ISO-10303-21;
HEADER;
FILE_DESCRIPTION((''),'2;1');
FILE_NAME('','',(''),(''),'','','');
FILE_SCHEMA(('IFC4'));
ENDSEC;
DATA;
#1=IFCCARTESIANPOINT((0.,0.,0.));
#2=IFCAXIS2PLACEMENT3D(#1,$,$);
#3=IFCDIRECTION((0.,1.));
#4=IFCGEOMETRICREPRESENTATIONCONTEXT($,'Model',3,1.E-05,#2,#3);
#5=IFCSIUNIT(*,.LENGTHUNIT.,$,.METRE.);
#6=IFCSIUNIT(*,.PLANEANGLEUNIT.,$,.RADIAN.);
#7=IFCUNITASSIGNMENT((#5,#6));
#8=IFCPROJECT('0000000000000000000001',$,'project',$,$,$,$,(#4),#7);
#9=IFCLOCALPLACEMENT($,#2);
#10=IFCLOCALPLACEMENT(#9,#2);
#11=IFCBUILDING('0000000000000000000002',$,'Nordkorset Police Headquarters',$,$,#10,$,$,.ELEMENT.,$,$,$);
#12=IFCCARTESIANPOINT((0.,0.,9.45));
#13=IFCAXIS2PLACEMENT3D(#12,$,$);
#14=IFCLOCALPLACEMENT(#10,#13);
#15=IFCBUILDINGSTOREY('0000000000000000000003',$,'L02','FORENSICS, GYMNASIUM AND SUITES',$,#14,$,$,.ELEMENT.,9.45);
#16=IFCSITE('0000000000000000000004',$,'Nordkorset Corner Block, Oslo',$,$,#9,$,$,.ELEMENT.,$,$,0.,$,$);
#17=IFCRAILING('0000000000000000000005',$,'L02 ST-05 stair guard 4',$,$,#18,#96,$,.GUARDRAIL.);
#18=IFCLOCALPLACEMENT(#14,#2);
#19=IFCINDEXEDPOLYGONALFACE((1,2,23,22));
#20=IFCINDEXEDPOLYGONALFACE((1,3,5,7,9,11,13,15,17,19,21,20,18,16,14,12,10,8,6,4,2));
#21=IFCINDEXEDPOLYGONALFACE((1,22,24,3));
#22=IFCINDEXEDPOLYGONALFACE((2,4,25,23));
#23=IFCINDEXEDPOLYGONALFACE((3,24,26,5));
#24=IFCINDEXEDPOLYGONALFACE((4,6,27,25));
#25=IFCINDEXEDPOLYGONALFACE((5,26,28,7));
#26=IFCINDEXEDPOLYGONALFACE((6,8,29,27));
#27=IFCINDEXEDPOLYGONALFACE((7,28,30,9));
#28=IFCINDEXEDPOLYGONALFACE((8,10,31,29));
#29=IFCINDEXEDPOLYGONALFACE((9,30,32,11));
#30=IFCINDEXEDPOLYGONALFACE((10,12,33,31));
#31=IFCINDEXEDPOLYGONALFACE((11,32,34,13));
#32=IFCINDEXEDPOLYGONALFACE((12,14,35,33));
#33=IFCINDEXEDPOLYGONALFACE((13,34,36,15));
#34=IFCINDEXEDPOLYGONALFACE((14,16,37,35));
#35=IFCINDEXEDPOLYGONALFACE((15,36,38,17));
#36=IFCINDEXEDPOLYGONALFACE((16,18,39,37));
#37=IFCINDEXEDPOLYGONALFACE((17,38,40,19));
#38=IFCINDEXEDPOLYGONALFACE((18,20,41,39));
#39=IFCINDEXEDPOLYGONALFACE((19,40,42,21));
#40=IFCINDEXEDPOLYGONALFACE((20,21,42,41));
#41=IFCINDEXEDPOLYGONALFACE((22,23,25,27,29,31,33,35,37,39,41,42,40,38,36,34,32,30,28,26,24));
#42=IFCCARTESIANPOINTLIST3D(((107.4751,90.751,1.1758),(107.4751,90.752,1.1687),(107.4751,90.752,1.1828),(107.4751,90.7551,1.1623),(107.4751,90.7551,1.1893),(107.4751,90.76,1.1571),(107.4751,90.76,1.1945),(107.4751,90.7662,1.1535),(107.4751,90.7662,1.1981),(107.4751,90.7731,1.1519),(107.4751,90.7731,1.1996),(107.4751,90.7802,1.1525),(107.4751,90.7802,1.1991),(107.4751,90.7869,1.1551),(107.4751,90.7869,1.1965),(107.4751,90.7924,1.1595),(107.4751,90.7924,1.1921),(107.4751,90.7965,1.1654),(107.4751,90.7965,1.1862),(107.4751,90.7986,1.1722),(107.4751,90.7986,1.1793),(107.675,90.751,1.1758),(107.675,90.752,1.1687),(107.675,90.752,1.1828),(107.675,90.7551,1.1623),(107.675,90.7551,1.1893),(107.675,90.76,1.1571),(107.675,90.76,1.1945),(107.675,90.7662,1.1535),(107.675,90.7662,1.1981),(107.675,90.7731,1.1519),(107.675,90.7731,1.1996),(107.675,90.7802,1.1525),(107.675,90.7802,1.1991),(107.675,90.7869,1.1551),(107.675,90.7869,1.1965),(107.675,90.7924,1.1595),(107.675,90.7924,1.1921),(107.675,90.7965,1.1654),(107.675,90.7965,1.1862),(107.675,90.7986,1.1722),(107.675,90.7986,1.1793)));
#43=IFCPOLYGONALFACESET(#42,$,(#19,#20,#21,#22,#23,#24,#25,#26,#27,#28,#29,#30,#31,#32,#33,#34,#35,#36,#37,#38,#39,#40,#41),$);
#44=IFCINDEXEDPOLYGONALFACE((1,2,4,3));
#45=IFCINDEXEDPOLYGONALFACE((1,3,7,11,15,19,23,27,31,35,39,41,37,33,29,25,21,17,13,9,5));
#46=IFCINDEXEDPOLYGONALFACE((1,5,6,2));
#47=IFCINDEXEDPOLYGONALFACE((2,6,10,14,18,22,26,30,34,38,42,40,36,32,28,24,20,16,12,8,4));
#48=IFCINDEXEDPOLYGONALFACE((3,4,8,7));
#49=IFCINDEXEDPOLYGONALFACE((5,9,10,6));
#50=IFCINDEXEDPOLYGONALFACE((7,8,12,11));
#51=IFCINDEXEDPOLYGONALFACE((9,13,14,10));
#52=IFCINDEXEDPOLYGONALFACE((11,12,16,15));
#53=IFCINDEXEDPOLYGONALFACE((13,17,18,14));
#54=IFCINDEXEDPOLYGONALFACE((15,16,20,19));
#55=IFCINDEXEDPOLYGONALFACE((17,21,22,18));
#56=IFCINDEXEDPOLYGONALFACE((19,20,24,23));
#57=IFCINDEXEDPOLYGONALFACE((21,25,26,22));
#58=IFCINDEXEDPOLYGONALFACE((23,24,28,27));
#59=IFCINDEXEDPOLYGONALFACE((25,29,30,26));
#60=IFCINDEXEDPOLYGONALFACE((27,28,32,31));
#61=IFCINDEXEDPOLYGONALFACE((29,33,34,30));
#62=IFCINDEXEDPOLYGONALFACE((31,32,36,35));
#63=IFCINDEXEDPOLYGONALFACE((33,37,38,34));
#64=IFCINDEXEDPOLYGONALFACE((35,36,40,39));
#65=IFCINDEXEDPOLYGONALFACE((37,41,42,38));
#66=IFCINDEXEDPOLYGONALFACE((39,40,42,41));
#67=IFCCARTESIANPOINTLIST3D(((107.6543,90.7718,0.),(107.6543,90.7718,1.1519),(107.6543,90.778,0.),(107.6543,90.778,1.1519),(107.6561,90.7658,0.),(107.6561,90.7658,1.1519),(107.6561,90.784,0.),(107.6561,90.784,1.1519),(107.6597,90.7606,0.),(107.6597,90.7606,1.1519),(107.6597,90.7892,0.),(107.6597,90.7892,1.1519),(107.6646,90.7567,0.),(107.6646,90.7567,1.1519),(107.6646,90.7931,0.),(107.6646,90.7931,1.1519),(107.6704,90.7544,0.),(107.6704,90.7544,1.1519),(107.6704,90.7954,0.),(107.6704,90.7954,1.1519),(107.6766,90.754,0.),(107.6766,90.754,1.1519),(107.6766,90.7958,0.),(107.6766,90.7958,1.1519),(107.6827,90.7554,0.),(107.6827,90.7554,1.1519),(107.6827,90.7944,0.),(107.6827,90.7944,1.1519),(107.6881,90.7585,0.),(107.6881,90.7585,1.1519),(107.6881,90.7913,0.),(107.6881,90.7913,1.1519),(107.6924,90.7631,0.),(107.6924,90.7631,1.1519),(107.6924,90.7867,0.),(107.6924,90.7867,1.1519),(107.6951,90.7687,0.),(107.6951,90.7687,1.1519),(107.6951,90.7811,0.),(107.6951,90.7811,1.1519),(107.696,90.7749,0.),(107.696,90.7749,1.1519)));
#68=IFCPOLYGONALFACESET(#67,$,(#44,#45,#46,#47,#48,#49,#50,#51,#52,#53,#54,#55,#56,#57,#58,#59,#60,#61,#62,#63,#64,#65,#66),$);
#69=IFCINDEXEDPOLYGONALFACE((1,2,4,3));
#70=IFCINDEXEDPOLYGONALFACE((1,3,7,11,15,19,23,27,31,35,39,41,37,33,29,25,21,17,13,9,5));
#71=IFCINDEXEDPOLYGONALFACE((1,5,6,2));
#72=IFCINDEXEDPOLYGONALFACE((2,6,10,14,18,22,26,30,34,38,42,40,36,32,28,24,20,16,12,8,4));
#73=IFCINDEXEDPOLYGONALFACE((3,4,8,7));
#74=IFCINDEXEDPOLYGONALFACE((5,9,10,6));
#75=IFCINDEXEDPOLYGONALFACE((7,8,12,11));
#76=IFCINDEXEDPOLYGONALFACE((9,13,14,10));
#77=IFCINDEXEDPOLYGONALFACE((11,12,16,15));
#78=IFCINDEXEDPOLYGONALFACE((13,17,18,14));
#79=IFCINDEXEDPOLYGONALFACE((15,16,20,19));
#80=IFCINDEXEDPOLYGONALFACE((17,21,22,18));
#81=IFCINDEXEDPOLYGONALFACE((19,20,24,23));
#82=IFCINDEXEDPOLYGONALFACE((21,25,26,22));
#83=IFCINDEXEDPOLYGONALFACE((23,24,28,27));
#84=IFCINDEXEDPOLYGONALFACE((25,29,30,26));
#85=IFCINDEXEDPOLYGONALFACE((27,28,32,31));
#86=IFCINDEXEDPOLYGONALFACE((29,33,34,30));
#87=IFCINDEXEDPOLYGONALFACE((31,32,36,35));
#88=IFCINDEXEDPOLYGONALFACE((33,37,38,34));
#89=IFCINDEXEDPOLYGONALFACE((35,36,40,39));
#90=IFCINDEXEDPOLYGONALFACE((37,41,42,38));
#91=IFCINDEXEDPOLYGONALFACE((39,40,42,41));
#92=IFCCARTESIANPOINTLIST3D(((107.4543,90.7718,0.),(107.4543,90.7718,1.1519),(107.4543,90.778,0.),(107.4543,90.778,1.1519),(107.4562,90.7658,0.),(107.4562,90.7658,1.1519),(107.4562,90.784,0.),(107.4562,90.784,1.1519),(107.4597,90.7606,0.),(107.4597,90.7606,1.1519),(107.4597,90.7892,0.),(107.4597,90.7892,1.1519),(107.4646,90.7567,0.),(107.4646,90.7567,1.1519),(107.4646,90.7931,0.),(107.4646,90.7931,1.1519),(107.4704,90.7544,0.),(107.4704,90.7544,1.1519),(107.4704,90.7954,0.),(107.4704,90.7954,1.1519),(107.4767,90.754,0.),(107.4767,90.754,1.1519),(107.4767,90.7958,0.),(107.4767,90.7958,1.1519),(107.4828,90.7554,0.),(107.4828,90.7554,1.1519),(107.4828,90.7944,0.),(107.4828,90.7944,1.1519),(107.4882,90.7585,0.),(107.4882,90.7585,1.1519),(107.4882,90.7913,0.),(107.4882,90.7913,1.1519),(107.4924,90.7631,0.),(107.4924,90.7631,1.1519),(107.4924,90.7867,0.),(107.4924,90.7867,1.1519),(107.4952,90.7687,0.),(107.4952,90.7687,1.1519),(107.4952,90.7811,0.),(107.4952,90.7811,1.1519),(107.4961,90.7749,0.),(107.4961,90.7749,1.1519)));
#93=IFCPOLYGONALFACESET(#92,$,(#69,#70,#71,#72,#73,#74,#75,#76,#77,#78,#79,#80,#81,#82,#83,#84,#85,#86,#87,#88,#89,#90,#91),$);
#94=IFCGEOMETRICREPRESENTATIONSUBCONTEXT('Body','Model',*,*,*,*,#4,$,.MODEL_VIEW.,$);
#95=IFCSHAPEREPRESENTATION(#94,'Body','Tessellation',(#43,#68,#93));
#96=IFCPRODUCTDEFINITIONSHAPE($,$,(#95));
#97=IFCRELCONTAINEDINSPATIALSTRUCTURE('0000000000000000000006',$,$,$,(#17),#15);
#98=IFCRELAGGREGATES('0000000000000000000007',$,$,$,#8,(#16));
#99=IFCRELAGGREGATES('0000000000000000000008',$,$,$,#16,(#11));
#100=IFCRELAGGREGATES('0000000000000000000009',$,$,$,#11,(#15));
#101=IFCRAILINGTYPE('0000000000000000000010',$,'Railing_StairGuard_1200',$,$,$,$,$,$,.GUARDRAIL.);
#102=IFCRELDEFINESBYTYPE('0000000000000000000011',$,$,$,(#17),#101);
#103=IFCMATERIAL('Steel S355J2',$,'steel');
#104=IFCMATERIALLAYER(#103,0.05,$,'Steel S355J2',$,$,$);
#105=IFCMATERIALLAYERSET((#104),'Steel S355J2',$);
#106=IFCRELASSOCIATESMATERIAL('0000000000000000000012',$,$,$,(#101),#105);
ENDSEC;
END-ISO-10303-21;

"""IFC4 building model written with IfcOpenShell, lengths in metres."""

from ifc_helpers import new_model, si_unit, direction, frame, origin, origin_2d, place, context, subcontext, project, spatial, circle, extrude, material, layer, layer_set, type_object, element, save


model = new_model("IFC4")

# Units and contexts
model_context = context("Model", 3, precision=1e-05, world=origin(), true_north=direction((0.0, 1.0)))
body_context = subcontext(model_context, "Body", "Model", "MODEL_VIEW")
ifc_project = project(units=[si_unit("LENGTHUNIT", "METRE"), si_unit("PLANEANGLEUNIT", "RADIAN")], contexts=[model_context])

# Site, building, storey
site_placement = place(None, origin())
site = spatial("IfcSite", under=ifc_project, at=site_placement, Name="Nordkorset Corner Block, Oslo", CompositionType="ELEMENT", RefElevation=0.0)
building_placement = place(site_placement, origin())
building = spatial("IfcBuilding", under=site, at=building_placement, Name="Nordkorset Police Headquarters", CompositionType="ELEMENT")
storey_placement = place(building_placement, frame((0.0, 0.0, 9.45)))
storey = spatial("IfcBuildingStorey", under=building, at=storey_placement, Name="L02", Description="FORENSICS, GYMNASIUM AND SUITES", CompositionType="ELEMENT", Elevation=9.45)

# Railing
ifc_material_1 = material(Name="Steel S355J2", Category="steel")
ifc_layer_1 = layer(ifc_material_1, 0.05, Name="Steel S355J2")
ifc_layer_set_1 = layer_set([ifc_layer_1], Name="Steel S355J2")
railing_type_1 = type_object("IfcRailingType", Name="Railing_StairGuard_1200", PredefinedType="GUARDRAIL", material=ifc_layer_set_1)
railing_1_placement = place(storey_placement, frame((107.675, 90.7749, 0.0)))
element("IfcRailing", 1, at=railing_1_placement, inside=storey, type_object=railing_type_1, Name="L02 ST-05 stair guard 4", PredefinedType="GUARDRAIL", context=body_context, shape_type="SweptSolid", body=[
    extrude(circle(Radius=0.0239, at=origin_2d()), frame((0.0, 0.0, 1.1758), z_axis=(-1.0, 0.0, 0.0), x_axis=(0.0, -1.0, 0.0)), (0.0, 0.0, 1.0), 0.2),
    extrude(circle(Radius=0.021, at=origin_2d()), origin(), (0.0, 0.0, 1.0), 1.1519),
    extrude(circle(Radius=0.021, at=origin_2d()), frame((-0.2, 0.0, 0.0)), (0.0, 0.0, 1.0), 1.1519),
])

save(model, "model.ifc")
